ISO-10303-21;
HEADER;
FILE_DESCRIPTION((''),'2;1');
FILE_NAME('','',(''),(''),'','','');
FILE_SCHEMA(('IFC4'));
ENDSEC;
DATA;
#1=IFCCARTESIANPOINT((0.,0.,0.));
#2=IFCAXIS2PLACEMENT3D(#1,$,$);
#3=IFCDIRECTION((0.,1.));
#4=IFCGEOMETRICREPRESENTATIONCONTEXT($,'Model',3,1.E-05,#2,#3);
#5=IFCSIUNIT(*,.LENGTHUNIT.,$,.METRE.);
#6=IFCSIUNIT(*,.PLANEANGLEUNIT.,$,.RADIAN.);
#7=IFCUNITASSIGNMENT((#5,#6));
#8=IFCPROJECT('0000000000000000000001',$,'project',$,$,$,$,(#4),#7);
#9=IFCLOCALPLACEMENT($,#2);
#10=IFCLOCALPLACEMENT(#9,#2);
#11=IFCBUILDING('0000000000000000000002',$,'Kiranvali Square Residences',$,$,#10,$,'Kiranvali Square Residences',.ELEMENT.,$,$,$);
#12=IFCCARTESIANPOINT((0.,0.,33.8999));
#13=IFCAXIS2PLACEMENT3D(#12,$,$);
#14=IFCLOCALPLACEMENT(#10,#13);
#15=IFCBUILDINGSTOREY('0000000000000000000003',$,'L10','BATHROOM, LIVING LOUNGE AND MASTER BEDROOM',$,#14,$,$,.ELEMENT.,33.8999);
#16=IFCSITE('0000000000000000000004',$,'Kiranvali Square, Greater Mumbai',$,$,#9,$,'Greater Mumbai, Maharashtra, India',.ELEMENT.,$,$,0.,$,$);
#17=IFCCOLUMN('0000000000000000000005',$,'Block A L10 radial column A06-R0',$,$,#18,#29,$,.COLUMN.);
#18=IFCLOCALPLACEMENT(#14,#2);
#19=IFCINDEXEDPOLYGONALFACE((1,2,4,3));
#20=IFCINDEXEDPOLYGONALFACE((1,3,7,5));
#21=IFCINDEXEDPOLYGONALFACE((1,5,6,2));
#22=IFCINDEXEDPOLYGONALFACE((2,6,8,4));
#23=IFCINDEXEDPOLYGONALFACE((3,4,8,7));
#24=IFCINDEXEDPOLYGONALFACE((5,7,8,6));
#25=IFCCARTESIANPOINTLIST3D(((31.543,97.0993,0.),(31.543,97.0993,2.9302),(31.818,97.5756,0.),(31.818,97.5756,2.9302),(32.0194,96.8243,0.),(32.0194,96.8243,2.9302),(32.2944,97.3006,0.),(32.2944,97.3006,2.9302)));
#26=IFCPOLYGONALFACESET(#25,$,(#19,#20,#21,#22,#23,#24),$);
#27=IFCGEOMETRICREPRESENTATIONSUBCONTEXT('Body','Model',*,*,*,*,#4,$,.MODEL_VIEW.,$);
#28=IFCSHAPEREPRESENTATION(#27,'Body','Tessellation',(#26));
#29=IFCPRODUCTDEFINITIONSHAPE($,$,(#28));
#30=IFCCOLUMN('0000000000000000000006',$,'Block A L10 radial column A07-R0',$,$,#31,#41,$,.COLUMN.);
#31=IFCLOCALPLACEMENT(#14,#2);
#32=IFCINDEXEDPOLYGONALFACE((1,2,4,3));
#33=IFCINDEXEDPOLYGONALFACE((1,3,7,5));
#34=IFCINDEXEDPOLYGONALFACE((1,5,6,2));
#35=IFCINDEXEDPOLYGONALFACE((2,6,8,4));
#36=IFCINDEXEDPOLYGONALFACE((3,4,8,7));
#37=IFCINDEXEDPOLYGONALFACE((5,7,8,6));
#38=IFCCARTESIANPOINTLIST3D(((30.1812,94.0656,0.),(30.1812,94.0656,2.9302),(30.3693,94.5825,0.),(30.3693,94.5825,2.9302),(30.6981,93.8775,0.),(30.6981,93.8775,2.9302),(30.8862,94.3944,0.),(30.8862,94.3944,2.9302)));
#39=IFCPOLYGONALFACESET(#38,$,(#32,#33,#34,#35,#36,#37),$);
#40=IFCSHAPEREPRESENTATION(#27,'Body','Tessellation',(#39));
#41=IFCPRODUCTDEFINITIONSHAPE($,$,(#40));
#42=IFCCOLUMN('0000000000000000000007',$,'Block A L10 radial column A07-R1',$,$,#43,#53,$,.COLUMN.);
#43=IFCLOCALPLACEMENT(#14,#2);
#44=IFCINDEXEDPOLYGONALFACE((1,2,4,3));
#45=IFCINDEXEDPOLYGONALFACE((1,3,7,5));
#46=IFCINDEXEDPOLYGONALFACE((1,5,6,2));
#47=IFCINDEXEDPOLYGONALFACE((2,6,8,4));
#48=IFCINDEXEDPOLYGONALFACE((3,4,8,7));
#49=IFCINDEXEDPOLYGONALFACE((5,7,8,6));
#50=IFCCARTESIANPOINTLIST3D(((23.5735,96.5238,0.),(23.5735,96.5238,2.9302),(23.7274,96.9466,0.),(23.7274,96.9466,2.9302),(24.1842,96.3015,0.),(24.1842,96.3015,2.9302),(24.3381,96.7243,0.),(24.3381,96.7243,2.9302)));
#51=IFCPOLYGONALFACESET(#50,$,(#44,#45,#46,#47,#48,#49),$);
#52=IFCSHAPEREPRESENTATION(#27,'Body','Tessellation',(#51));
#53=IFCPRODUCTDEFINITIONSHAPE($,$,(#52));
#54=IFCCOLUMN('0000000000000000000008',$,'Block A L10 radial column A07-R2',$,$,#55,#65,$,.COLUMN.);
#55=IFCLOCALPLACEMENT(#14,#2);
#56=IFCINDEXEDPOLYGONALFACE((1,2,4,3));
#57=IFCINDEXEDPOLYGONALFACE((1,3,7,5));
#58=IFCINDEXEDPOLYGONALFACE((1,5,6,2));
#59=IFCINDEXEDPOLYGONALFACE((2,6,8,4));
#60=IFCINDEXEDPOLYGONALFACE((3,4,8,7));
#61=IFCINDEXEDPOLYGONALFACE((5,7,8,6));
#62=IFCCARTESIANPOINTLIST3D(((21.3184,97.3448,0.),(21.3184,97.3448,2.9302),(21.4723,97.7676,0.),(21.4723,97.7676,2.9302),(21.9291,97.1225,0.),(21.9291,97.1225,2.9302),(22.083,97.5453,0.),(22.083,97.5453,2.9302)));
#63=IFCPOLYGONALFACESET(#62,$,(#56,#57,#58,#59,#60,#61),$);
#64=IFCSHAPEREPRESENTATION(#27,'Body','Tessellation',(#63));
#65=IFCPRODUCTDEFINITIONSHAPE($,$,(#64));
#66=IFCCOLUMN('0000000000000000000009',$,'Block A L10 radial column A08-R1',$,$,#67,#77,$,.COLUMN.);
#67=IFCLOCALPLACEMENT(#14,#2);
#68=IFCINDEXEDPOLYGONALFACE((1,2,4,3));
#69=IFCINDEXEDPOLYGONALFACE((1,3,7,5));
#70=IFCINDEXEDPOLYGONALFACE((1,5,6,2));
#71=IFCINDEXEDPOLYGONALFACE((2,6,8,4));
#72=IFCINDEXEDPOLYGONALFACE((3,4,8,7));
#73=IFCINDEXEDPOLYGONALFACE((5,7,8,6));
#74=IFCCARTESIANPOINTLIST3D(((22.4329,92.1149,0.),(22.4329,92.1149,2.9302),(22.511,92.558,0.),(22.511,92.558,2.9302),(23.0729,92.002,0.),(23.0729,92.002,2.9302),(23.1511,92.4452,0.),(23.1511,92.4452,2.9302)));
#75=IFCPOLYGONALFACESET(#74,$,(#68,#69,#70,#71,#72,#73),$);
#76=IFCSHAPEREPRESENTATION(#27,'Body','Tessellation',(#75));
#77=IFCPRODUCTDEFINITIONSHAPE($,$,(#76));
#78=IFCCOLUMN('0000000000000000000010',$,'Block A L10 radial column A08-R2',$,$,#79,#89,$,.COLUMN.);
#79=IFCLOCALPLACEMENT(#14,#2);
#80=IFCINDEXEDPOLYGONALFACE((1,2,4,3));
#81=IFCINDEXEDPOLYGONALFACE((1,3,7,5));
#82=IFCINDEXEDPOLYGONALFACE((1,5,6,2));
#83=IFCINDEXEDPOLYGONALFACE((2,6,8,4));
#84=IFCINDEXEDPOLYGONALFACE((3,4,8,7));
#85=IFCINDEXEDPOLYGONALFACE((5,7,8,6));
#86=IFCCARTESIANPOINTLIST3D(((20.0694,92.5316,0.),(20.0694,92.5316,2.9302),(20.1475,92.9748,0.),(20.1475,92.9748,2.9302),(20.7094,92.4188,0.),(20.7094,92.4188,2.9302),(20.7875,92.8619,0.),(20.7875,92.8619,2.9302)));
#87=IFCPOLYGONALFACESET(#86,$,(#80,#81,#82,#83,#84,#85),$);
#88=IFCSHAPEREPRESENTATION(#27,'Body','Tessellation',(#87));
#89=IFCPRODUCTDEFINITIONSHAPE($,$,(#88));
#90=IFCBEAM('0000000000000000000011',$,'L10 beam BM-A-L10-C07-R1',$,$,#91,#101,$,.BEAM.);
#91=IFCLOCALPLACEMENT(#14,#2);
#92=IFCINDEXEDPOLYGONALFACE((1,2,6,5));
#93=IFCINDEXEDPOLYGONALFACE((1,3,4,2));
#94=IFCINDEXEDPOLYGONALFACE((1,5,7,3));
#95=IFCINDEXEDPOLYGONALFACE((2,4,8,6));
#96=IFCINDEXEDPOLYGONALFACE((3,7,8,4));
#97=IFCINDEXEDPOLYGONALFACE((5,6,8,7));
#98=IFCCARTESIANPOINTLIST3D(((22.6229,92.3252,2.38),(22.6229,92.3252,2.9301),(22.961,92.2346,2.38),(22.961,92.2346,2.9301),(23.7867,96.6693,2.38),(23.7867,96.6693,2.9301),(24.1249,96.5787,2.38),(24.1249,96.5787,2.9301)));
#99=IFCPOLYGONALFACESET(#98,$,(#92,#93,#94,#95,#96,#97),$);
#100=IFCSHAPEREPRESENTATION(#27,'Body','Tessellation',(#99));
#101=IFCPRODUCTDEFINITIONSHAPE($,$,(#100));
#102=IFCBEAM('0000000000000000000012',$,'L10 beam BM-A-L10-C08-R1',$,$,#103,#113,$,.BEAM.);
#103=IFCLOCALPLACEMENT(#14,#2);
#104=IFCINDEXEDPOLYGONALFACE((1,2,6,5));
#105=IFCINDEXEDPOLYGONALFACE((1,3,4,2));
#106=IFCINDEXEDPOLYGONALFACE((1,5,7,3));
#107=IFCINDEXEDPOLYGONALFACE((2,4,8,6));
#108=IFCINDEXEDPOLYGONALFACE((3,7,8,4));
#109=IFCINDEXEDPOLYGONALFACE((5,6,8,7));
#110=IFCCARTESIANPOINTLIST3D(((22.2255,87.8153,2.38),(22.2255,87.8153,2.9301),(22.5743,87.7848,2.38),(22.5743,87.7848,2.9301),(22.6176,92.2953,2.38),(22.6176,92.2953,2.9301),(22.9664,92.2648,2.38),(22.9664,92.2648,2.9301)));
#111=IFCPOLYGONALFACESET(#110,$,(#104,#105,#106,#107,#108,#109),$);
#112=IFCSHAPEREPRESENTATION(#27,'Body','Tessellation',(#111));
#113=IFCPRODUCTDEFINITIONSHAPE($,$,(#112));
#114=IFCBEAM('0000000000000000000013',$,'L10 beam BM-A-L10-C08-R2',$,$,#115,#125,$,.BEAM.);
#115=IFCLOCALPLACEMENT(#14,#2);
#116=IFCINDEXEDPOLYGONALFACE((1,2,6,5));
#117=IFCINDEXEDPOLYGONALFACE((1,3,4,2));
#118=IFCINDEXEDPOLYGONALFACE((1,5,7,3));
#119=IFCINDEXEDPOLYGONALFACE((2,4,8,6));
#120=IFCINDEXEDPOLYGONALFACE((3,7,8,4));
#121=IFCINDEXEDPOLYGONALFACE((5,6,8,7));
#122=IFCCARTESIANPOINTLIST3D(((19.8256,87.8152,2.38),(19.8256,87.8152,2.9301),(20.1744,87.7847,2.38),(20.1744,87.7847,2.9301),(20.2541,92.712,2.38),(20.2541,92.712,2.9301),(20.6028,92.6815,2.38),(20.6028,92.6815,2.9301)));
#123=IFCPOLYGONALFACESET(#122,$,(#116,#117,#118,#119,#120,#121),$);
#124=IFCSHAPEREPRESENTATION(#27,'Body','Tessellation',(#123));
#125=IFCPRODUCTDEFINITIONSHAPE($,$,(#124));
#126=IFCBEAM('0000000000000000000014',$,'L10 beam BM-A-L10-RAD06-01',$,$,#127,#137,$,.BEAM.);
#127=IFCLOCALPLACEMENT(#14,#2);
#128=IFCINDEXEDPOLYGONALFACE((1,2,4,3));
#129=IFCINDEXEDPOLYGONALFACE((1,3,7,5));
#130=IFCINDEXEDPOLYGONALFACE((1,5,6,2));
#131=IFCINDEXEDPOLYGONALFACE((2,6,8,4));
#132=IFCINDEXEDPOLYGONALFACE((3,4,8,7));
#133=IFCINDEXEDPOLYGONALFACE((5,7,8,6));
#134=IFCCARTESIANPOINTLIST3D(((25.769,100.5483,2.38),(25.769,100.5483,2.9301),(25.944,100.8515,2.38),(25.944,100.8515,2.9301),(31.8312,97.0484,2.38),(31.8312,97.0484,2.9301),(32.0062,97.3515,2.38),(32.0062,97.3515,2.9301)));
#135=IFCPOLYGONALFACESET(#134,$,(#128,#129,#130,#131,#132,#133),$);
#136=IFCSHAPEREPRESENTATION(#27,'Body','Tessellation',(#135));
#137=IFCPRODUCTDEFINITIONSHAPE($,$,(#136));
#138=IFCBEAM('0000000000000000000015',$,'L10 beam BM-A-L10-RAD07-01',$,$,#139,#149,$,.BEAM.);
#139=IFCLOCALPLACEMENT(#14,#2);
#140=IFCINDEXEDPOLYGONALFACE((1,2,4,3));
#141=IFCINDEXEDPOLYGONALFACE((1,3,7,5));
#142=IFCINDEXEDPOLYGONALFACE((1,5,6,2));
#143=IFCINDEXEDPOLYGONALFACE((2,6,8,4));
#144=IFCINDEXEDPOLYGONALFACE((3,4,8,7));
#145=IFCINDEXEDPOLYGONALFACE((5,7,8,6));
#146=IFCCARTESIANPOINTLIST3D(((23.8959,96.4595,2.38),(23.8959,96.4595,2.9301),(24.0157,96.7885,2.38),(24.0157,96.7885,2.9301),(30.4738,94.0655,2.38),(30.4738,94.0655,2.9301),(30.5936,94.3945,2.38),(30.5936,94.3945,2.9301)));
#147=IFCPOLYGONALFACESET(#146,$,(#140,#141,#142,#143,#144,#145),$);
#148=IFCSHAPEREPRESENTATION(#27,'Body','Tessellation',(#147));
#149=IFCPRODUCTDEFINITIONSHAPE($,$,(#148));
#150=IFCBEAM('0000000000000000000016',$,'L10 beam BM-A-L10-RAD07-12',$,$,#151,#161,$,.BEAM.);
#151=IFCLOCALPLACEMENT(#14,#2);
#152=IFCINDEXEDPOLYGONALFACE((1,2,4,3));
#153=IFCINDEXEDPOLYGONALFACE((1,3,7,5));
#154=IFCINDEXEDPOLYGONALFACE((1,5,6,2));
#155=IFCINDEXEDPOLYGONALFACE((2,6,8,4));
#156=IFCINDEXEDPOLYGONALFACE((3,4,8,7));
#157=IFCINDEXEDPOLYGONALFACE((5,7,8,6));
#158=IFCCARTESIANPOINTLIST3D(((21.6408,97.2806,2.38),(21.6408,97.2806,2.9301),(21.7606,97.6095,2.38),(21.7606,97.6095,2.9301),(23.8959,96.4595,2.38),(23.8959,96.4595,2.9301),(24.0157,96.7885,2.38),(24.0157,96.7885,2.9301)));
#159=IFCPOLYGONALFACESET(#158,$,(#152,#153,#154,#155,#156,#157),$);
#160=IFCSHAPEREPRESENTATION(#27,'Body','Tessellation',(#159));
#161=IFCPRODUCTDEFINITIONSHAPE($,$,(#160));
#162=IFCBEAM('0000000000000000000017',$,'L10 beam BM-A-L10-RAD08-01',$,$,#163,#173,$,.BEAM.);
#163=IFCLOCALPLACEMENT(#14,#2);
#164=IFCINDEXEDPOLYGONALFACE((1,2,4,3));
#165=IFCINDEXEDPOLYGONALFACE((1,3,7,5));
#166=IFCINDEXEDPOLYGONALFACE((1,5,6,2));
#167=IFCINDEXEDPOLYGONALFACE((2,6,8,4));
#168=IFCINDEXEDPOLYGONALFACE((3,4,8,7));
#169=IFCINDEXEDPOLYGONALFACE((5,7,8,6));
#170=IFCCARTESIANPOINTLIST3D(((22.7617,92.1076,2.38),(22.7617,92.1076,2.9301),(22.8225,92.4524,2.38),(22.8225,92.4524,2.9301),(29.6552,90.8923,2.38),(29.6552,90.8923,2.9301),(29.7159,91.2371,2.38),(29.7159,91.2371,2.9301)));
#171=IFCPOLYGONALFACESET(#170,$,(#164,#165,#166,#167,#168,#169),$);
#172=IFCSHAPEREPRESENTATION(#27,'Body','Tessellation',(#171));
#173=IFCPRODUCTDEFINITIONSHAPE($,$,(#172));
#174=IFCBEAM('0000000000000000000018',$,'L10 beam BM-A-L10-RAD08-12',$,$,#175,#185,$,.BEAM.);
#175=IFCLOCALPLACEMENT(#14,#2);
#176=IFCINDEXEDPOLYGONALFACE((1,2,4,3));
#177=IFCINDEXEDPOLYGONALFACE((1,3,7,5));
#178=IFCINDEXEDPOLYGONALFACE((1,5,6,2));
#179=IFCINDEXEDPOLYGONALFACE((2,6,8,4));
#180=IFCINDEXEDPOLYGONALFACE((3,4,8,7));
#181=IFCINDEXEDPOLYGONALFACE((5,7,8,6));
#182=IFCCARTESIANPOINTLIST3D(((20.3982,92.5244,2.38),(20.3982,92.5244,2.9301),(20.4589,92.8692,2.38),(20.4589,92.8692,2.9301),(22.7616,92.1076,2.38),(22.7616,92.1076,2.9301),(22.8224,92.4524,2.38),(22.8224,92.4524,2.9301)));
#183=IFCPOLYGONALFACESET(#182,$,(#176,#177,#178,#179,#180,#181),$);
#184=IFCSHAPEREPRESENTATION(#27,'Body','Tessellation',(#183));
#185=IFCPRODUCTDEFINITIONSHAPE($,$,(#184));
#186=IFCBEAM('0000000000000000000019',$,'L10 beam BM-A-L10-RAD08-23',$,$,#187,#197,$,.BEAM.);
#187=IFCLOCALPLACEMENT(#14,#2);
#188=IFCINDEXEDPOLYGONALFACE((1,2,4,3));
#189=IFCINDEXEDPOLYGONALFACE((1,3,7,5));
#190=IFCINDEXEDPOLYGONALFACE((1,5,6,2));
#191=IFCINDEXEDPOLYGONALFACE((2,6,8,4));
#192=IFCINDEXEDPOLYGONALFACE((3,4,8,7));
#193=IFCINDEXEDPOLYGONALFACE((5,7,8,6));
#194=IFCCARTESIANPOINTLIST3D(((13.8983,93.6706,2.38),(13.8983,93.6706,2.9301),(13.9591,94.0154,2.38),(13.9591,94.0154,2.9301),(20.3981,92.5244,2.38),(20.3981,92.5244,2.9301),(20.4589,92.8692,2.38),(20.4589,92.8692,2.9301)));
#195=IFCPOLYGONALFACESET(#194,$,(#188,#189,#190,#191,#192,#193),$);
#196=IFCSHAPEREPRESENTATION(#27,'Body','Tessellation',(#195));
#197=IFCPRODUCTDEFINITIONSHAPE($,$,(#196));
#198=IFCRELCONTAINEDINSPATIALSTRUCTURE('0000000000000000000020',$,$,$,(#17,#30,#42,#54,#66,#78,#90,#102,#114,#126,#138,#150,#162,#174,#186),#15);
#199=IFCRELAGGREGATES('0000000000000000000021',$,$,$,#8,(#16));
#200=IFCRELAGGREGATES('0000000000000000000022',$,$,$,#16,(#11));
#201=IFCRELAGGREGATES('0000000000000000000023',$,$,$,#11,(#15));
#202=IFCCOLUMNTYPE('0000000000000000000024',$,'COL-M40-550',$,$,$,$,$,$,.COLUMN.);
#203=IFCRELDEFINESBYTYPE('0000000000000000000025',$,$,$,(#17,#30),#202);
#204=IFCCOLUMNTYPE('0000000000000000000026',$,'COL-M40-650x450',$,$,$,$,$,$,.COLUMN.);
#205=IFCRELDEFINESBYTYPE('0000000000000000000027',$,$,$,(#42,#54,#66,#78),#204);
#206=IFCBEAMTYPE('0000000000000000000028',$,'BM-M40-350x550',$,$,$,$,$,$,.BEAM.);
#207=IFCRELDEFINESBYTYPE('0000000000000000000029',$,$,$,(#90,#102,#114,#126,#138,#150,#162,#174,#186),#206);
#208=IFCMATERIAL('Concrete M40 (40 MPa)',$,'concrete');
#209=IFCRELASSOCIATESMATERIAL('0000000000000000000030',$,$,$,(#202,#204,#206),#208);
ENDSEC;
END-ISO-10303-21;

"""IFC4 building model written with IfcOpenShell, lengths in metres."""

from ifc_helpers import new_model, si_unit, direction, frame, origin, origin_2d, place, context, subcontext, project, spatial, rectangle, extrude, material, material_profile, profile_set, type_object, element, save


model = new_model("IFC4")

# Units and contexts
model_context = context("Model", 3, precision=1e-05, world=origin(), true_north=direction((0.0, 1.0)))
body_context = subcontext(model_context, "Body", "Model", "MODEL_VIEW")
ifc_project = project(units=[si_unit("LENGTHUNIT", "METRE"), si_unit("PLANEANGLEUNIT", "RADIAN")], contexts=[model_context])

# Site, building, storey
site_placement = place(None, origin())
site = spatial("IfcSite", under=ifc_project, at=site_placement, Name="Kiranvali Square, Greater Mumbai", LongName="Greater Mumbai, Maharashtra, India", CompositionType="ELEMENT", RefElevation=0.0)
building_placement = place(site_placement, origin())
building = spatial("IfcBuilding", under=site, at=building_placement, Name="Kiranvali Square Residences", LongName="Kiranvali Square Residences", CompositionType="ELEMENT")
storey_placement = place(building_placement, frame((0.0, 0.0, 33.8999)))
storey = spatial("IfcBuildingStorey", under=building, at=storey_placement, Name="L10", Description="BATHROOM, LIVING LOUNGE AND MASTER BEDROOM", CompositionType="ELEMENT", Elevation=33.8999)

# Columns
ifc_material_1 = material(Name="Concrete M40 (40 MPa)", Category="concrete")
ifc_material_profile_1 = material_profile(ifc_material_1, rectangle(XDim=0.55, YDim=0.55, at=origin_2d()), Name="RC 550x550")
ifc_profile_set_1 = profile_set([ifc_material_profile_1], Name="Concrete M40 (40 MPa)")
column_type_1 = type_object("IfcColumnType", Name="COL-M40-550", PredefinedType="COLUMN", material=ifc_profile_set_1)
for number, where, z_axis, x_axis, name in (
    (1, (31.9187, 97.2, 0.0), (0.0, 0.0, 1.0), (0.5, 0.866025, 0.0), "Block A L10 radial column A06-R0"),
    (2, (30.5337, 94.23, 0.0), (0.0, 0.0, 1.0), (0.34202, 0.939693, 0.0), "Block A L10 radial column A07-R0"),
):
    element("IfcColumn", number, at=place(storey_placement, frame(where, z_axis=z_axis, x_axis=x_axis)), inside=storey, type_object=column_type_1, Name=name, PredefinedType="COLUMN", context=body_context, shape_type="SweptSolid", body=[
        extrude(rectangle(XDim=0.55, YDim=0.55, at=origin_2d()), origin(), (0.0, 0.0, 1.0), 2.9302),
    ])
ifc_material_profile_2 = material_profile(ifc_material_1, rectangle(XDim=0.45, YDim=0.6499, at=origin_2d()), Name="RC 650x450")
ifc_profile_set_2 = profile_set([ifc_material_profile_2], Name="Concrete M40 (40 MPa)")
column_type_2 = type_object("IfcColumnType", Name="COL-M40-650x450", PredefinedType="COLUMN", material=ifc_profile_set_2)
for number, where, z_axis, x_axis, name in (
    (3, (23.9558, 96.624, 0.0), (0.0, 0.0, 1.0), (0.34202, 0.939693, 0.0), "Block A L10 radial column A07-R1"),
    (4, (21.7007, 97.4451, 0.0), (0.0, 0.0, 1.0), (0.34202, 0.939693, 0.0), "Block A L10 radial column A07-R2"),
    (5, (22.792, 92.28, 0.0), (0.0, 0.0, 1.0), (0.173648, 0.984808, 0.0), "Block A L10 radial column A08-R1"),
    (6, (20.4285, 92.6968, 0.0), (0.0, 0.0, 1.0), (0.173648, 0.984808, 0.0), "Block A L10 radial column A08-R2"),
):
    element("IfcColumn", number, at=place(storey_placement, frame(where, z_axis=z_axis, x_axis=x_axis)), inside=storey, type_object=column_type_2, Name=name, PredefinedType="COLUMN", context=body_context, shape_type="SweptSolid", body=[
        extrude(rectangle(XDim=0.45, YDim=0.6499, at=origin_2d()), origin(), (0.0, 0.0, 1.0), 2.9302),
    ])

# Beams
ifc_material_profile_3 = material_profile(ifc_material_1, rectangle(XDim=0.3501, YDim=0.55, at=origin_2d()), Name="RC 350x550")
ifc_profile_set_3 = profile_set([ifc_material_profile_3], Name="Concrete M40 (40 MPa)")
beam_type_1 = type_object("IfcBeamType", Name="BM-M40-350x550", PredefinedType="BEAM", material=ifc_profile_set_3)
beam_1_placement = place(storey_placement, frame((23.9558, 96.624, 2.655), z_axis=(-0.258788, -0.965934, 0.0), x_axis=(0.965934, -0.258788, 0.0)))
element("IfcBeam", 7, at=beam_1_placement, inside=storey, type_object=beam_type_1, Name="L10 beam BM-A-L10-C07-R1", PredefinedType="BEAM", context=body_context, shape_type="SweptSolid", body=[
    extrude(rectangle(XDim=0.3501, YDim=0.55, at=origin_2d()), origin(), (0.0, 0.0, 1.0), 4.4973),
])
beam_2_placement = place(storey_placement, frame((22.792, 92.28, 2.655), z_axis=(-0.087187, -0.996192, 0.0), x_axis=(0.996192, -0.087187, 0.0)))
element("IfcBeam", 8, at=beam_2_placement, inside=storey, type_object=beam_type_1, Name="L10 beam BM-A-L10-C08-R1", PredefinedType="BEAM", context=body_context, shape_type="SweptSolid", body=[
    extrude(rectangle(XDim=0.3501, YDim=0.55, at=origin_2d()), origin(), (0.0, 0.0, 1.0), 4.4971),
])
beam_3_placement = place(storey_placement, frame((20.4285, 92.6968, 2.655), z_axis=(-0.087168, -0.996194, 0.0), x_axis=(0.996194, -0.087168, 0.0)))
element("IfcBeam", 9, at=beam_3_placement, inside=storey, type_object=beam_type_1, Name="L10 beam BM-A-L10-C08-R2", PredefinedType="BEAM", context=body_context, shape_type="SweptSolid", body=[
    extrude(rectangle(XDim=0.3501, YDim=0.55, at=origin_2d()), origin(), (0.0, 0.0, 1.0), 4.9155),
])
for number, where, z_axis, x_axis, name in (
    (10, (31.9187, 97.2, 2.655), (-0.866028, 0.499995, 0.0), (-0.499995, -0.866028, 0.0), "L10 beam BM-A-L10-RAD06-01"),
    (11, (30.5337, 94.23, 2.655), (-0.939698, 0.342006, 0.0), (-0.342006, -0.939698, 0.0), "L10 beam BM-A-L10-RAD07-01"),
):
    element("IfcBeam", number, at=place(storey_placement, frame(where, z_axis=z_axis, x_axis=x_axis)), inside=storey, type_object=beam_type_1, Name=name, PredefinedType="BEAM", context=body_context, shape_type="SweptSolid", body=[
        extrude(rectangle(XDim=0.3501, YDim=0.55, at=origin_2d()), origin(), (0.0, 0.0, 1.0), 7.0),
    ])
beam_4_placement = place(storey_placement, frame((23.9558, 96.624, 2.655), z_axis=(-0.93966, 0.342111, 0.0), x_axis=(-0.342111, -0.93966, 0.0)))
element("IfcBeam", 12, at=beam_4_placement, inside=storey, type_object=beam_type_1, Name="L10 beam BM-A-L10-RAD07-12", PredefinedType="BEAM", context=body_context, shape_type="SweptSolid", body=[
    extrude(rectangle(XDim=0.3501, YDim=0.55, at=origin_2d()), origin(), (0.0, 0.0, 1.0), 2.3999),
])
beam_5_placement = place(storey_placement, frame((29.6855, 91.0647, 2.655), z_axis=(-0.984812, 0.173622, 0.0), x_axis=(-0.173622, -0.984812, 0.0)))
element("IfcBeam", 13, at=beam_5_placement, inside=storey, type_object=beam_type_1, Name="L10 beam BM-A-L10-RAD08-01", PredefinedType="BEAM", context=body_context, shape_type="SweptSolid", body=[
    extrude(rectangle(XDim=0.3501, YDim=0.55, at=origin_2d()), origin(), (0.0, 0.0, 1.0), 6.9998),
])
beam_6_placement = place(storey_placement, frame((22.792, 92.28, 2.655), z_axis=(-0.984808, 0.173646, 0.0), x_axis=(-0.173646, -0.984808, 0.0)))
element("IfcBeam", 14, at=beam_6_placement, inside=storey, type_object=beam_type_1, Name="L10 beam BM-A-L10-RAD08-12", PredefinedType="BEAM", context=body_context, shape_type="SweptSolid", body=[
    extrude(rectangle(XDim=0.3501, YDim=0.55, at=origin_2d()), origin(), (0.0, 0.0, 1.0), 2.3999),
])
beam_7_placement = place(storey_placement, frame((20.4285, 92.6968, 2.655), z_axis=(-0.984804, 0.173671, 0.0), x_axis=(-0.173671, -0.984804, 0.0)))
element("IfcBeam", 15, at=beam_7_placement, inside=storey, type_object=beam_type_1, Name="L10 beam BM-A-L10-RAD08-23", PredefinedType="BEAM", context=body_context, shape_type="SweptSolid", body=[
    extrude(rectangle(XDim=0.3501, YDim=0.55, at=origin_2d()), origin(), (0.0, 0.0, 1.0), 6.6001),
])

save(model, "model.ifc")
